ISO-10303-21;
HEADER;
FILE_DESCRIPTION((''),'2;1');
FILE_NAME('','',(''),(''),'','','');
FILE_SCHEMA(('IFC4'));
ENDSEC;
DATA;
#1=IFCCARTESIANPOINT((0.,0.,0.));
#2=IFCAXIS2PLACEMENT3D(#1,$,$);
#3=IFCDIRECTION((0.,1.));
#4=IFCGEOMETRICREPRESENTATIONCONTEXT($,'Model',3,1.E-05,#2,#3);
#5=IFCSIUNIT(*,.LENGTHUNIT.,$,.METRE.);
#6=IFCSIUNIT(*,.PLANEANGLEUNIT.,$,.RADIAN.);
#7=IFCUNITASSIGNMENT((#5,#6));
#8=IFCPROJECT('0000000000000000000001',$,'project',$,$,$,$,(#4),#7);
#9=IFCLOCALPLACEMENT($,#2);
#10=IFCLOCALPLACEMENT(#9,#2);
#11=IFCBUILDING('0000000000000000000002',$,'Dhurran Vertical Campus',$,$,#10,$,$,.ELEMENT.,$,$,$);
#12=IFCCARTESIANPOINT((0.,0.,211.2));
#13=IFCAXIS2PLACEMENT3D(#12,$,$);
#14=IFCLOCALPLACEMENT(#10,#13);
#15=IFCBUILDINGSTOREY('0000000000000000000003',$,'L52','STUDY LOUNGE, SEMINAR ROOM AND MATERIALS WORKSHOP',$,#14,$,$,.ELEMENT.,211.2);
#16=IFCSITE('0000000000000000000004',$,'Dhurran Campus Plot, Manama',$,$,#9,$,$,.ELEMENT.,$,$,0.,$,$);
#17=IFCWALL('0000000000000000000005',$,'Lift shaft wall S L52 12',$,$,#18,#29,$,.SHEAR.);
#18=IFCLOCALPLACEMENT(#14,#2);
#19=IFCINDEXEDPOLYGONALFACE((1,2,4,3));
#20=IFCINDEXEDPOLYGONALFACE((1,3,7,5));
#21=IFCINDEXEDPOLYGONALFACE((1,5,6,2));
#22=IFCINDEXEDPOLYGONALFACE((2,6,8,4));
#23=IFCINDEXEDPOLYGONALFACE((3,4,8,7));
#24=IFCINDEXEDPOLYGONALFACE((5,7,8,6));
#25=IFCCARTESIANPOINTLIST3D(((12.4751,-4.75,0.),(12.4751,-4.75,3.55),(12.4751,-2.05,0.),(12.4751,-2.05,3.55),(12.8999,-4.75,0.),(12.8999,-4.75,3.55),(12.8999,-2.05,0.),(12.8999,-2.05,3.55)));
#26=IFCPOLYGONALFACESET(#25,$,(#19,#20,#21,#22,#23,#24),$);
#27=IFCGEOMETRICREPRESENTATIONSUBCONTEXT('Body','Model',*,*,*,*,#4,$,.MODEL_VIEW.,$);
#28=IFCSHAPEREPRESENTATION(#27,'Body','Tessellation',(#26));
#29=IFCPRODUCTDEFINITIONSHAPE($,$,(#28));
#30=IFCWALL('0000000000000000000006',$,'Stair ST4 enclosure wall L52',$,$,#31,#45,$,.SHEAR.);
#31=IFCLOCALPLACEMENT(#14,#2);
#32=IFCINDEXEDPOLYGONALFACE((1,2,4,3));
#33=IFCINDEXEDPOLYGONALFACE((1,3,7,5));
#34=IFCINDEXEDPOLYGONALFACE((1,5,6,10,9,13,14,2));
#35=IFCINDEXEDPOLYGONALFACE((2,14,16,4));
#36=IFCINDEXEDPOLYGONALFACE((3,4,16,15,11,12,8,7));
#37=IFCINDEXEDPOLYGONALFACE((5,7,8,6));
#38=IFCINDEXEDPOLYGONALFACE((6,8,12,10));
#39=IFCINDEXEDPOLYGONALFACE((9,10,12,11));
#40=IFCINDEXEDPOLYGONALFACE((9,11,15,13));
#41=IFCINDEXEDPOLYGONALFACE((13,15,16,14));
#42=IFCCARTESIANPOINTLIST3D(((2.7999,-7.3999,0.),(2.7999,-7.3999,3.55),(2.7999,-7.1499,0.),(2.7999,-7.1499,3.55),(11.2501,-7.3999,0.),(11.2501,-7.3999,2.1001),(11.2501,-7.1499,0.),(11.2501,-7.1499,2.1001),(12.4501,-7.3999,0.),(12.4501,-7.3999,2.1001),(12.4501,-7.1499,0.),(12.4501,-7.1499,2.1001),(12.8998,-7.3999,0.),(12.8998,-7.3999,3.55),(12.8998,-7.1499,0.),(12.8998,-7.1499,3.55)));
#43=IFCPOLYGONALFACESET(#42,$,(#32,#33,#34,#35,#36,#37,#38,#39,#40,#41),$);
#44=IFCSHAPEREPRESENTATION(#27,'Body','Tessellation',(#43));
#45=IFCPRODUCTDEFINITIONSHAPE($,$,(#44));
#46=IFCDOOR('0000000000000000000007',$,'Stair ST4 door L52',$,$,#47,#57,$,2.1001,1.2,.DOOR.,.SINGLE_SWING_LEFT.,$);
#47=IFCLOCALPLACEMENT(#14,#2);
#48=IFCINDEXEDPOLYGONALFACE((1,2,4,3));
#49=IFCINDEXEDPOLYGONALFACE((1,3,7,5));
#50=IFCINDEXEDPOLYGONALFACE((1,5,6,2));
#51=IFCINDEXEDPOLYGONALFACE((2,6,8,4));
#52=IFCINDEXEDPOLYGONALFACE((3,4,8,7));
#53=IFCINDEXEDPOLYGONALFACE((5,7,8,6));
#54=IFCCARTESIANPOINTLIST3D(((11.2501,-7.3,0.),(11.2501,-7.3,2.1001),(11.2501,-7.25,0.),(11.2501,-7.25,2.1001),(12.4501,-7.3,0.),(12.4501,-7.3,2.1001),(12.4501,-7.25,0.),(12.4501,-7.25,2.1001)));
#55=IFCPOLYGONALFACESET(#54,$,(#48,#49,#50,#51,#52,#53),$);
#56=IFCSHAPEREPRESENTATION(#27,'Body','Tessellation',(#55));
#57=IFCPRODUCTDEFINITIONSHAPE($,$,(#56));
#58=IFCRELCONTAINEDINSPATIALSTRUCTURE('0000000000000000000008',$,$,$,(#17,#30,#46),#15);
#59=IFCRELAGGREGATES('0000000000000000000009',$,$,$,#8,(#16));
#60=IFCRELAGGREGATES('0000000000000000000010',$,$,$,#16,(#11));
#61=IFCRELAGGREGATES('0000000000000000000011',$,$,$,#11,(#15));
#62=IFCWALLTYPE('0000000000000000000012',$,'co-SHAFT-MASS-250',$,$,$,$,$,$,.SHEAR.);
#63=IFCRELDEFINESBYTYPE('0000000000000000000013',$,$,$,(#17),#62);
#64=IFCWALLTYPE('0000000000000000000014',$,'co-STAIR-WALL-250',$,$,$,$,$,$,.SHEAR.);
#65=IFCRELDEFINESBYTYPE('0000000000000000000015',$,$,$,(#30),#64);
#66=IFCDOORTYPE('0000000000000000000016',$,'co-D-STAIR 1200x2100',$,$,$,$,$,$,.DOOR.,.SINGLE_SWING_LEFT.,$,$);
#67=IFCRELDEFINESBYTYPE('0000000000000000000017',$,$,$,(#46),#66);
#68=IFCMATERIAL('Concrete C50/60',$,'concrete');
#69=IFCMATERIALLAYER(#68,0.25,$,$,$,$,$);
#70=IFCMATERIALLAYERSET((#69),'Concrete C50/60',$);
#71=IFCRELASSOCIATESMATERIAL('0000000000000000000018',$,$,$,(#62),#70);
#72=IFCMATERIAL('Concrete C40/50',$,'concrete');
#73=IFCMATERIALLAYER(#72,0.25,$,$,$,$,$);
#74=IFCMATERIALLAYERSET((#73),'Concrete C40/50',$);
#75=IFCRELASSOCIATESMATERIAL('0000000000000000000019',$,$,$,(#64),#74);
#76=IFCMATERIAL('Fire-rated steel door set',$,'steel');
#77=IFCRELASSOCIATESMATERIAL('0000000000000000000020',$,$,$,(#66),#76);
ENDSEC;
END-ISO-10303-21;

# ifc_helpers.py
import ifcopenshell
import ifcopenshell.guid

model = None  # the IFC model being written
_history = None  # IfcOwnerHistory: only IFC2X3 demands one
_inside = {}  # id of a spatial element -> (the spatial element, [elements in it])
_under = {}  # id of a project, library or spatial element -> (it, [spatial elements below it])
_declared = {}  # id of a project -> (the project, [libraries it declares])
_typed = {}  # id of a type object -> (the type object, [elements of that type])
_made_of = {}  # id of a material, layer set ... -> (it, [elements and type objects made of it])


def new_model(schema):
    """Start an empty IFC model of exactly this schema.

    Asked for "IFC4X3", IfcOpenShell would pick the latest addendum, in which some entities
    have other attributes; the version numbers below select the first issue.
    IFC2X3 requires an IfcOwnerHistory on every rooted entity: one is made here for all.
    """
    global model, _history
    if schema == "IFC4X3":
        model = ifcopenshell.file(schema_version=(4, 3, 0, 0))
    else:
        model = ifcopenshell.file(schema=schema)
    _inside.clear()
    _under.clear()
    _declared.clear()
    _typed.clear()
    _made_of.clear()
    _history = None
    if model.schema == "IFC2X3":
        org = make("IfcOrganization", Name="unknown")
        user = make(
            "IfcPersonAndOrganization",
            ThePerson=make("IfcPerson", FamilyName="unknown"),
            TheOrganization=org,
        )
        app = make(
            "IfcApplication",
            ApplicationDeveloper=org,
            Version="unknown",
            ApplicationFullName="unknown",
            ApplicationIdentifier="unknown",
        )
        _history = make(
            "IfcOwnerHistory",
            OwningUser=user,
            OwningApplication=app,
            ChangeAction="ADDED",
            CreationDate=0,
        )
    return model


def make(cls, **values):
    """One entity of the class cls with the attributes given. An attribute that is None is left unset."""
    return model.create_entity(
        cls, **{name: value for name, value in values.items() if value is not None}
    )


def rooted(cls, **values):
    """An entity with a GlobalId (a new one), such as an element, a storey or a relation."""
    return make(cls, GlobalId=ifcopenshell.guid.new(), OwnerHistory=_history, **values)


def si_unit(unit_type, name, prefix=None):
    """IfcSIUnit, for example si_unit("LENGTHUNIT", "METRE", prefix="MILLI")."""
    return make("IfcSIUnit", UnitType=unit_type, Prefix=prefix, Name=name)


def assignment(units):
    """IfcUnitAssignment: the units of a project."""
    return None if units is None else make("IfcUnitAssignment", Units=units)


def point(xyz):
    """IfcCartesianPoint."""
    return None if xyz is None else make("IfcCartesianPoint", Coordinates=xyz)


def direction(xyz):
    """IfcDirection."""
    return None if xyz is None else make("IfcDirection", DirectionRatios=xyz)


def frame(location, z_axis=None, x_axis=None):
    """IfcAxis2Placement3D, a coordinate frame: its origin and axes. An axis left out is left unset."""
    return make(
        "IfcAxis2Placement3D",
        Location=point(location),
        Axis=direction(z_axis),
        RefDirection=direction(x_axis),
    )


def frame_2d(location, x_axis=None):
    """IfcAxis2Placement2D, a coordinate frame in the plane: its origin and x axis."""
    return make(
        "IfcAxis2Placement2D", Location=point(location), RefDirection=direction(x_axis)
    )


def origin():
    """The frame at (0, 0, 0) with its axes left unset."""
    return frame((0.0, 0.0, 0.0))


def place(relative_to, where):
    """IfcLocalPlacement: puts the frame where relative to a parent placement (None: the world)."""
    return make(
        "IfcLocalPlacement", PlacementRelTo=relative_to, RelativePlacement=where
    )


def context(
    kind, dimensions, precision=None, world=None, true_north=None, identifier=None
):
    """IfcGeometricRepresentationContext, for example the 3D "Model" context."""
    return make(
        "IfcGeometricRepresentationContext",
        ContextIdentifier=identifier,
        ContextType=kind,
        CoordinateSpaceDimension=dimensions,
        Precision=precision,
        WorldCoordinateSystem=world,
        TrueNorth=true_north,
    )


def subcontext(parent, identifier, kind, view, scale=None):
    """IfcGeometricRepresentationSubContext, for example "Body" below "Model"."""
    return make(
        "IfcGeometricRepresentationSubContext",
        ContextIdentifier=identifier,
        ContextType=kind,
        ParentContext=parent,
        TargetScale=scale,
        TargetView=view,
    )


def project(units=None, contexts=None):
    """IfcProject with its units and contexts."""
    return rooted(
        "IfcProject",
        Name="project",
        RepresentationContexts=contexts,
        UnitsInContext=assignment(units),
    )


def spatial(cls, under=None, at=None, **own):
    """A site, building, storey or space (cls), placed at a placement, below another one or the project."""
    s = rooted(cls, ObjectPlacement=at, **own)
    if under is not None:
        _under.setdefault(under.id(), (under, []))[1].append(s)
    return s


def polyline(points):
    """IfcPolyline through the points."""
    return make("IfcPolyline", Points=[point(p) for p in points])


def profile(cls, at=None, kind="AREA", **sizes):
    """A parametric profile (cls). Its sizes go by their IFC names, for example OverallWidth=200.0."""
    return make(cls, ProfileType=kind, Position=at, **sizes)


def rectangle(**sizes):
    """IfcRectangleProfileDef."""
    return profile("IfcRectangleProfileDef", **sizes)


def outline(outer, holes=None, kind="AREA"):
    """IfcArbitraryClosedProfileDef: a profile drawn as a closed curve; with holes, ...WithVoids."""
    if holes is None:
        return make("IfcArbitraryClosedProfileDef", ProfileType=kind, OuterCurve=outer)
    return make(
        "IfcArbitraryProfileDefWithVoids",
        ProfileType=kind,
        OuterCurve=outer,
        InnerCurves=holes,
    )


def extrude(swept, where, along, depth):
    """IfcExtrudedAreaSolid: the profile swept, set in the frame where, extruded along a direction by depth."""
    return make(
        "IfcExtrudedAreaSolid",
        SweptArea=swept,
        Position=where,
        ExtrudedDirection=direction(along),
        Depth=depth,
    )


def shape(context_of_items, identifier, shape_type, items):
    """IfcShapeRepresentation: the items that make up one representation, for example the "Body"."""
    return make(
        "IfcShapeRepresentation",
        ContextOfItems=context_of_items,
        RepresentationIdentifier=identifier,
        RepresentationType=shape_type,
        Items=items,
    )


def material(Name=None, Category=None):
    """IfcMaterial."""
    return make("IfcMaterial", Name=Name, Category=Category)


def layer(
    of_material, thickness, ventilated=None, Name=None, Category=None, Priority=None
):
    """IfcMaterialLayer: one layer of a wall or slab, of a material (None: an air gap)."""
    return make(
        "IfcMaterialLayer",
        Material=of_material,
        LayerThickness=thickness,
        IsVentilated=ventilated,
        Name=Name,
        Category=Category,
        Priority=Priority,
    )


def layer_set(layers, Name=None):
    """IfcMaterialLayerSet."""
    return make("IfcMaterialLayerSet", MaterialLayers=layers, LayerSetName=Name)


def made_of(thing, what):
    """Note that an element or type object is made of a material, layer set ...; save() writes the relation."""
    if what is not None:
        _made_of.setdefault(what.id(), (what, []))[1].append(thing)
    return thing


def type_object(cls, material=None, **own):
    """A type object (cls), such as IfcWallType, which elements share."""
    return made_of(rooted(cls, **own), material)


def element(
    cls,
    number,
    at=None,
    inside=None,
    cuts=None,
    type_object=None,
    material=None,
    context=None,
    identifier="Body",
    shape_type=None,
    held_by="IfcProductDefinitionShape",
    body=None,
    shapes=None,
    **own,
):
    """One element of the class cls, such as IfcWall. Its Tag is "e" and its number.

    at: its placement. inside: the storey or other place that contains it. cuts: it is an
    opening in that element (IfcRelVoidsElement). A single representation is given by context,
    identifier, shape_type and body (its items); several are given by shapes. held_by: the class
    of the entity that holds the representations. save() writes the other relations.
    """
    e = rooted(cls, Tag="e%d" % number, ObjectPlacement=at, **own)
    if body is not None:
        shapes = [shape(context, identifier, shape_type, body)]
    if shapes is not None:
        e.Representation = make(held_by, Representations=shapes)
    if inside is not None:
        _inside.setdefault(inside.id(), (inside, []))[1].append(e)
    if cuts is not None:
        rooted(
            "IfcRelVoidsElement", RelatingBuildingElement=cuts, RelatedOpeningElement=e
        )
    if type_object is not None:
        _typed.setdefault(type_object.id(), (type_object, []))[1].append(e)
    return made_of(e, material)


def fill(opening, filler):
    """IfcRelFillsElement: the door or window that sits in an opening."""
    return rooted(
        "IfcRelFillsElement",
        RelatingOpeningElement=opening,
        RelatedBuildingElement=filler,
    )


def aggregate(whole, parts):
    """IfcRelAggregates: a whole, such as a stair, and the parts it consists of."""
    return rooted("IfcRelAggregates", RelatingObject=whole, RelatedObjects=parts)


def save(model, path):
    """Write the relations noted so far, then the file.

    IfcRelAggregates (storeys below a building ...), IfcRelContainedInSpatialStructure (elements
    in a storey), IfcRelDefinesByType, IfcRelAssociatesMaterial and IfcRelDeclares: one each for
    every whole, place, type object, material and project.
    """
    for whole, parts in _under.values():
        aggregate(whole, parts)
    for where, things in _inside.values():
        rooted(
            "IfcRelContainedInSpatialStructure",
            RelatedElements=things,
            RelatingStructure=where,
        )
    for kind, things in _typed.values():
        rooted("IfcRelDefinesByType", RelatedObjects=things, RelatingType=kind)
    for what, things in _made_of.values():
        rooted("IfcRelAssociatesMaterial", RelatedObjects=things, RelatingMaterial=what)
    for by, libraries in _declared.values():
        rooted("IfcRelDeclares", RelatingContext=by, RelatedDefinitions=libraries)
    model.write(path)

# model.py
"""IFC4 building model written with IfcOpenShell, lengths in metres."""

from ifc_helpers import new_model, si_unit, direction, frame, frame_2d, origin, place, context, subcontext, project, spatial, polyline, rectangle, outline, extrude, material, layer, layer_set, type_object, element, fill, save


model = new_model("IFC4")

# Units and contexts
model_context = context("Model", 3, precision=1e-05, world=origin(), true_north=direction((0.0, 1.0)))
body_context = subcontext(model_context, "Body", "Model", "MODEL_VIEW")
ifc_project = project(units=[si_unit("LENGTHUNIT", "METRE"), si_unit("PLANEANGLEUNIT", "RADIAN")], contexts=[model_context])

# Site, building, storey
site_placement = place(None, origin())
site = spatial("IfcSite", under=ifc_project, at=site_placement, Name="Dhurran Campus Plot, Manama", CompositionType="ELEMENT", RefElevation=0.0)
building_placement = place(site_placement, origin())
building = spatial("IfcBuilding", under=site, at=building_placement, Name="Dhurran Vertical Campus", CompositionType="ELEMENT")
storey_placement = place(building_placement, frame((0.0, 0.0, 211.2)))
storey = spatial("IfcBuildingStorey", under=building, at=storey_placement, Name="L52", Description="STUDY LOUNGE, SEMINAR ROOM AND MATERIALS WORKSHOP", CompositionType="ELEMENT", Elevation=211.2)

# Wall
ifc_material_1 = material(Name="Concrete C50/60", Category="concrete")
ifc_layer_1 = layer(ifc_material_1, 0.25)
ifc_layer_set_1 = layer_set([ifc_layer_1], Name="Concrete C50/60")
wall_type_1 = type_object("IfcWallType", Name="co-SHAFT-MASS-250", PredefinedType="SHEAR", material=ifc_layer_set_1)
wall_1_placement = place(storey_placement, origin())
element("IfcWall", 1, at=wall_1_placement, inside=storey, type_object=wall_type_1, Name="Lift shaft wall S L52 12", PredefinedType="SHEAR", context=body_context, shape_type="SweptSolid", body=[
    extrude(outline(polyline([(12.4751, -4.75), (12.8999, -4.75), (12.8999, -2.05), (12.4751, -2.05), (12.4751, -4.75)])), origin(), (0.0, 0.0, 1.0), 3.55),
])

# Wall, opening, door
ifc_material_2 = material(Name="Concrete C40/50", Category="concrete")
ifc_layer_2 = layer(ifc_material_2, 0.25)
ifc_layer_set_2 = layer_set([ifc_layer_2], Name="Concrete C40/50")
wall_type_2 = type_object("IfcWallType", Name="co-STAIR-WALL-250", PredefinedType="SHEAR", material=ifc_layer_set_2)
wall_2_placement = place(storey_placement, frame((2.8, -7.2749, 0.0), z_axis=(0.0, 0.0, 1.0), x_axis=(1.0, 0.0, 0.0)))
wall_2 = element("IfcWall", 2, at=wall_2_placement, inside=storey, type_object=wall_type_2, Name="Stair ST4 enclosure wall L52", PredefinedType="SHEAR", context=body_context, shape_type="SweptSolid", body=[
    extrude(rectangle(XDim=10.0999, YDim=0.25, at=frame_2d((5.0498, 0.0))), origin(), (0.0, 0.0, 1.0), 3.55),
])
opening_1_placement = place(wall_2_placement, frame((8.45, 0.0, 0.0)))
opening_1 = element("IfcOpeningElement", 3, at=opening_1_placement, cuts=wall_2, PredefinedType="OPENING", context=body_context, shape_type="SweptSolid", body=[
    extrude(rectangle(XDim=1.2, YDim=2.1001, at=frame_2d((0.6001, 1.05))), frame((0.0, 0.135, 0.0), z_axis=(0.0, -1.0, 0.0), x_axis=(1.0, 0.0, 0.0)), (0.0, 0.0, 1.0), 0.27),
])
ifc_material_3 = material(Name="Fire-rated steel door set", Category="steel")
door_type_1 = type_object("IfcDoorType", Name="co-D-STAIR 1200x2100", OperationType="SINGLE_SWING_LEFT", PredefinedType="DOOR", material=ifc_material_3)
door_1_placement = place(opening_1_placement, origin())
door_1 = element("IfcDoor", 4, at=door_1_placement, inside=storey, type_object=door_type_1, Name="Stair ST4 door L52", OperationType="SINGLE_SWING_LEFT", OverallHeight=2.1001, OverallWidth=1.2, PredefinedType="DOOR", context=body_context, shape_type="SweptSolid", body=[
    extrude(rectangle(XDim=1.2, YDim=2.1001, at=frame_2d((0.6001, 1.05))), frame((0.0, 0.0249, 0.0), z_axis=(0.0, -1.0, 0.0), x_axis=(1.0, 0.0, 0.0)), (0.0, 0.0, 1.0), 0.05),
])
fill(opening_1, door_1)

save(model, "model.ifc")
